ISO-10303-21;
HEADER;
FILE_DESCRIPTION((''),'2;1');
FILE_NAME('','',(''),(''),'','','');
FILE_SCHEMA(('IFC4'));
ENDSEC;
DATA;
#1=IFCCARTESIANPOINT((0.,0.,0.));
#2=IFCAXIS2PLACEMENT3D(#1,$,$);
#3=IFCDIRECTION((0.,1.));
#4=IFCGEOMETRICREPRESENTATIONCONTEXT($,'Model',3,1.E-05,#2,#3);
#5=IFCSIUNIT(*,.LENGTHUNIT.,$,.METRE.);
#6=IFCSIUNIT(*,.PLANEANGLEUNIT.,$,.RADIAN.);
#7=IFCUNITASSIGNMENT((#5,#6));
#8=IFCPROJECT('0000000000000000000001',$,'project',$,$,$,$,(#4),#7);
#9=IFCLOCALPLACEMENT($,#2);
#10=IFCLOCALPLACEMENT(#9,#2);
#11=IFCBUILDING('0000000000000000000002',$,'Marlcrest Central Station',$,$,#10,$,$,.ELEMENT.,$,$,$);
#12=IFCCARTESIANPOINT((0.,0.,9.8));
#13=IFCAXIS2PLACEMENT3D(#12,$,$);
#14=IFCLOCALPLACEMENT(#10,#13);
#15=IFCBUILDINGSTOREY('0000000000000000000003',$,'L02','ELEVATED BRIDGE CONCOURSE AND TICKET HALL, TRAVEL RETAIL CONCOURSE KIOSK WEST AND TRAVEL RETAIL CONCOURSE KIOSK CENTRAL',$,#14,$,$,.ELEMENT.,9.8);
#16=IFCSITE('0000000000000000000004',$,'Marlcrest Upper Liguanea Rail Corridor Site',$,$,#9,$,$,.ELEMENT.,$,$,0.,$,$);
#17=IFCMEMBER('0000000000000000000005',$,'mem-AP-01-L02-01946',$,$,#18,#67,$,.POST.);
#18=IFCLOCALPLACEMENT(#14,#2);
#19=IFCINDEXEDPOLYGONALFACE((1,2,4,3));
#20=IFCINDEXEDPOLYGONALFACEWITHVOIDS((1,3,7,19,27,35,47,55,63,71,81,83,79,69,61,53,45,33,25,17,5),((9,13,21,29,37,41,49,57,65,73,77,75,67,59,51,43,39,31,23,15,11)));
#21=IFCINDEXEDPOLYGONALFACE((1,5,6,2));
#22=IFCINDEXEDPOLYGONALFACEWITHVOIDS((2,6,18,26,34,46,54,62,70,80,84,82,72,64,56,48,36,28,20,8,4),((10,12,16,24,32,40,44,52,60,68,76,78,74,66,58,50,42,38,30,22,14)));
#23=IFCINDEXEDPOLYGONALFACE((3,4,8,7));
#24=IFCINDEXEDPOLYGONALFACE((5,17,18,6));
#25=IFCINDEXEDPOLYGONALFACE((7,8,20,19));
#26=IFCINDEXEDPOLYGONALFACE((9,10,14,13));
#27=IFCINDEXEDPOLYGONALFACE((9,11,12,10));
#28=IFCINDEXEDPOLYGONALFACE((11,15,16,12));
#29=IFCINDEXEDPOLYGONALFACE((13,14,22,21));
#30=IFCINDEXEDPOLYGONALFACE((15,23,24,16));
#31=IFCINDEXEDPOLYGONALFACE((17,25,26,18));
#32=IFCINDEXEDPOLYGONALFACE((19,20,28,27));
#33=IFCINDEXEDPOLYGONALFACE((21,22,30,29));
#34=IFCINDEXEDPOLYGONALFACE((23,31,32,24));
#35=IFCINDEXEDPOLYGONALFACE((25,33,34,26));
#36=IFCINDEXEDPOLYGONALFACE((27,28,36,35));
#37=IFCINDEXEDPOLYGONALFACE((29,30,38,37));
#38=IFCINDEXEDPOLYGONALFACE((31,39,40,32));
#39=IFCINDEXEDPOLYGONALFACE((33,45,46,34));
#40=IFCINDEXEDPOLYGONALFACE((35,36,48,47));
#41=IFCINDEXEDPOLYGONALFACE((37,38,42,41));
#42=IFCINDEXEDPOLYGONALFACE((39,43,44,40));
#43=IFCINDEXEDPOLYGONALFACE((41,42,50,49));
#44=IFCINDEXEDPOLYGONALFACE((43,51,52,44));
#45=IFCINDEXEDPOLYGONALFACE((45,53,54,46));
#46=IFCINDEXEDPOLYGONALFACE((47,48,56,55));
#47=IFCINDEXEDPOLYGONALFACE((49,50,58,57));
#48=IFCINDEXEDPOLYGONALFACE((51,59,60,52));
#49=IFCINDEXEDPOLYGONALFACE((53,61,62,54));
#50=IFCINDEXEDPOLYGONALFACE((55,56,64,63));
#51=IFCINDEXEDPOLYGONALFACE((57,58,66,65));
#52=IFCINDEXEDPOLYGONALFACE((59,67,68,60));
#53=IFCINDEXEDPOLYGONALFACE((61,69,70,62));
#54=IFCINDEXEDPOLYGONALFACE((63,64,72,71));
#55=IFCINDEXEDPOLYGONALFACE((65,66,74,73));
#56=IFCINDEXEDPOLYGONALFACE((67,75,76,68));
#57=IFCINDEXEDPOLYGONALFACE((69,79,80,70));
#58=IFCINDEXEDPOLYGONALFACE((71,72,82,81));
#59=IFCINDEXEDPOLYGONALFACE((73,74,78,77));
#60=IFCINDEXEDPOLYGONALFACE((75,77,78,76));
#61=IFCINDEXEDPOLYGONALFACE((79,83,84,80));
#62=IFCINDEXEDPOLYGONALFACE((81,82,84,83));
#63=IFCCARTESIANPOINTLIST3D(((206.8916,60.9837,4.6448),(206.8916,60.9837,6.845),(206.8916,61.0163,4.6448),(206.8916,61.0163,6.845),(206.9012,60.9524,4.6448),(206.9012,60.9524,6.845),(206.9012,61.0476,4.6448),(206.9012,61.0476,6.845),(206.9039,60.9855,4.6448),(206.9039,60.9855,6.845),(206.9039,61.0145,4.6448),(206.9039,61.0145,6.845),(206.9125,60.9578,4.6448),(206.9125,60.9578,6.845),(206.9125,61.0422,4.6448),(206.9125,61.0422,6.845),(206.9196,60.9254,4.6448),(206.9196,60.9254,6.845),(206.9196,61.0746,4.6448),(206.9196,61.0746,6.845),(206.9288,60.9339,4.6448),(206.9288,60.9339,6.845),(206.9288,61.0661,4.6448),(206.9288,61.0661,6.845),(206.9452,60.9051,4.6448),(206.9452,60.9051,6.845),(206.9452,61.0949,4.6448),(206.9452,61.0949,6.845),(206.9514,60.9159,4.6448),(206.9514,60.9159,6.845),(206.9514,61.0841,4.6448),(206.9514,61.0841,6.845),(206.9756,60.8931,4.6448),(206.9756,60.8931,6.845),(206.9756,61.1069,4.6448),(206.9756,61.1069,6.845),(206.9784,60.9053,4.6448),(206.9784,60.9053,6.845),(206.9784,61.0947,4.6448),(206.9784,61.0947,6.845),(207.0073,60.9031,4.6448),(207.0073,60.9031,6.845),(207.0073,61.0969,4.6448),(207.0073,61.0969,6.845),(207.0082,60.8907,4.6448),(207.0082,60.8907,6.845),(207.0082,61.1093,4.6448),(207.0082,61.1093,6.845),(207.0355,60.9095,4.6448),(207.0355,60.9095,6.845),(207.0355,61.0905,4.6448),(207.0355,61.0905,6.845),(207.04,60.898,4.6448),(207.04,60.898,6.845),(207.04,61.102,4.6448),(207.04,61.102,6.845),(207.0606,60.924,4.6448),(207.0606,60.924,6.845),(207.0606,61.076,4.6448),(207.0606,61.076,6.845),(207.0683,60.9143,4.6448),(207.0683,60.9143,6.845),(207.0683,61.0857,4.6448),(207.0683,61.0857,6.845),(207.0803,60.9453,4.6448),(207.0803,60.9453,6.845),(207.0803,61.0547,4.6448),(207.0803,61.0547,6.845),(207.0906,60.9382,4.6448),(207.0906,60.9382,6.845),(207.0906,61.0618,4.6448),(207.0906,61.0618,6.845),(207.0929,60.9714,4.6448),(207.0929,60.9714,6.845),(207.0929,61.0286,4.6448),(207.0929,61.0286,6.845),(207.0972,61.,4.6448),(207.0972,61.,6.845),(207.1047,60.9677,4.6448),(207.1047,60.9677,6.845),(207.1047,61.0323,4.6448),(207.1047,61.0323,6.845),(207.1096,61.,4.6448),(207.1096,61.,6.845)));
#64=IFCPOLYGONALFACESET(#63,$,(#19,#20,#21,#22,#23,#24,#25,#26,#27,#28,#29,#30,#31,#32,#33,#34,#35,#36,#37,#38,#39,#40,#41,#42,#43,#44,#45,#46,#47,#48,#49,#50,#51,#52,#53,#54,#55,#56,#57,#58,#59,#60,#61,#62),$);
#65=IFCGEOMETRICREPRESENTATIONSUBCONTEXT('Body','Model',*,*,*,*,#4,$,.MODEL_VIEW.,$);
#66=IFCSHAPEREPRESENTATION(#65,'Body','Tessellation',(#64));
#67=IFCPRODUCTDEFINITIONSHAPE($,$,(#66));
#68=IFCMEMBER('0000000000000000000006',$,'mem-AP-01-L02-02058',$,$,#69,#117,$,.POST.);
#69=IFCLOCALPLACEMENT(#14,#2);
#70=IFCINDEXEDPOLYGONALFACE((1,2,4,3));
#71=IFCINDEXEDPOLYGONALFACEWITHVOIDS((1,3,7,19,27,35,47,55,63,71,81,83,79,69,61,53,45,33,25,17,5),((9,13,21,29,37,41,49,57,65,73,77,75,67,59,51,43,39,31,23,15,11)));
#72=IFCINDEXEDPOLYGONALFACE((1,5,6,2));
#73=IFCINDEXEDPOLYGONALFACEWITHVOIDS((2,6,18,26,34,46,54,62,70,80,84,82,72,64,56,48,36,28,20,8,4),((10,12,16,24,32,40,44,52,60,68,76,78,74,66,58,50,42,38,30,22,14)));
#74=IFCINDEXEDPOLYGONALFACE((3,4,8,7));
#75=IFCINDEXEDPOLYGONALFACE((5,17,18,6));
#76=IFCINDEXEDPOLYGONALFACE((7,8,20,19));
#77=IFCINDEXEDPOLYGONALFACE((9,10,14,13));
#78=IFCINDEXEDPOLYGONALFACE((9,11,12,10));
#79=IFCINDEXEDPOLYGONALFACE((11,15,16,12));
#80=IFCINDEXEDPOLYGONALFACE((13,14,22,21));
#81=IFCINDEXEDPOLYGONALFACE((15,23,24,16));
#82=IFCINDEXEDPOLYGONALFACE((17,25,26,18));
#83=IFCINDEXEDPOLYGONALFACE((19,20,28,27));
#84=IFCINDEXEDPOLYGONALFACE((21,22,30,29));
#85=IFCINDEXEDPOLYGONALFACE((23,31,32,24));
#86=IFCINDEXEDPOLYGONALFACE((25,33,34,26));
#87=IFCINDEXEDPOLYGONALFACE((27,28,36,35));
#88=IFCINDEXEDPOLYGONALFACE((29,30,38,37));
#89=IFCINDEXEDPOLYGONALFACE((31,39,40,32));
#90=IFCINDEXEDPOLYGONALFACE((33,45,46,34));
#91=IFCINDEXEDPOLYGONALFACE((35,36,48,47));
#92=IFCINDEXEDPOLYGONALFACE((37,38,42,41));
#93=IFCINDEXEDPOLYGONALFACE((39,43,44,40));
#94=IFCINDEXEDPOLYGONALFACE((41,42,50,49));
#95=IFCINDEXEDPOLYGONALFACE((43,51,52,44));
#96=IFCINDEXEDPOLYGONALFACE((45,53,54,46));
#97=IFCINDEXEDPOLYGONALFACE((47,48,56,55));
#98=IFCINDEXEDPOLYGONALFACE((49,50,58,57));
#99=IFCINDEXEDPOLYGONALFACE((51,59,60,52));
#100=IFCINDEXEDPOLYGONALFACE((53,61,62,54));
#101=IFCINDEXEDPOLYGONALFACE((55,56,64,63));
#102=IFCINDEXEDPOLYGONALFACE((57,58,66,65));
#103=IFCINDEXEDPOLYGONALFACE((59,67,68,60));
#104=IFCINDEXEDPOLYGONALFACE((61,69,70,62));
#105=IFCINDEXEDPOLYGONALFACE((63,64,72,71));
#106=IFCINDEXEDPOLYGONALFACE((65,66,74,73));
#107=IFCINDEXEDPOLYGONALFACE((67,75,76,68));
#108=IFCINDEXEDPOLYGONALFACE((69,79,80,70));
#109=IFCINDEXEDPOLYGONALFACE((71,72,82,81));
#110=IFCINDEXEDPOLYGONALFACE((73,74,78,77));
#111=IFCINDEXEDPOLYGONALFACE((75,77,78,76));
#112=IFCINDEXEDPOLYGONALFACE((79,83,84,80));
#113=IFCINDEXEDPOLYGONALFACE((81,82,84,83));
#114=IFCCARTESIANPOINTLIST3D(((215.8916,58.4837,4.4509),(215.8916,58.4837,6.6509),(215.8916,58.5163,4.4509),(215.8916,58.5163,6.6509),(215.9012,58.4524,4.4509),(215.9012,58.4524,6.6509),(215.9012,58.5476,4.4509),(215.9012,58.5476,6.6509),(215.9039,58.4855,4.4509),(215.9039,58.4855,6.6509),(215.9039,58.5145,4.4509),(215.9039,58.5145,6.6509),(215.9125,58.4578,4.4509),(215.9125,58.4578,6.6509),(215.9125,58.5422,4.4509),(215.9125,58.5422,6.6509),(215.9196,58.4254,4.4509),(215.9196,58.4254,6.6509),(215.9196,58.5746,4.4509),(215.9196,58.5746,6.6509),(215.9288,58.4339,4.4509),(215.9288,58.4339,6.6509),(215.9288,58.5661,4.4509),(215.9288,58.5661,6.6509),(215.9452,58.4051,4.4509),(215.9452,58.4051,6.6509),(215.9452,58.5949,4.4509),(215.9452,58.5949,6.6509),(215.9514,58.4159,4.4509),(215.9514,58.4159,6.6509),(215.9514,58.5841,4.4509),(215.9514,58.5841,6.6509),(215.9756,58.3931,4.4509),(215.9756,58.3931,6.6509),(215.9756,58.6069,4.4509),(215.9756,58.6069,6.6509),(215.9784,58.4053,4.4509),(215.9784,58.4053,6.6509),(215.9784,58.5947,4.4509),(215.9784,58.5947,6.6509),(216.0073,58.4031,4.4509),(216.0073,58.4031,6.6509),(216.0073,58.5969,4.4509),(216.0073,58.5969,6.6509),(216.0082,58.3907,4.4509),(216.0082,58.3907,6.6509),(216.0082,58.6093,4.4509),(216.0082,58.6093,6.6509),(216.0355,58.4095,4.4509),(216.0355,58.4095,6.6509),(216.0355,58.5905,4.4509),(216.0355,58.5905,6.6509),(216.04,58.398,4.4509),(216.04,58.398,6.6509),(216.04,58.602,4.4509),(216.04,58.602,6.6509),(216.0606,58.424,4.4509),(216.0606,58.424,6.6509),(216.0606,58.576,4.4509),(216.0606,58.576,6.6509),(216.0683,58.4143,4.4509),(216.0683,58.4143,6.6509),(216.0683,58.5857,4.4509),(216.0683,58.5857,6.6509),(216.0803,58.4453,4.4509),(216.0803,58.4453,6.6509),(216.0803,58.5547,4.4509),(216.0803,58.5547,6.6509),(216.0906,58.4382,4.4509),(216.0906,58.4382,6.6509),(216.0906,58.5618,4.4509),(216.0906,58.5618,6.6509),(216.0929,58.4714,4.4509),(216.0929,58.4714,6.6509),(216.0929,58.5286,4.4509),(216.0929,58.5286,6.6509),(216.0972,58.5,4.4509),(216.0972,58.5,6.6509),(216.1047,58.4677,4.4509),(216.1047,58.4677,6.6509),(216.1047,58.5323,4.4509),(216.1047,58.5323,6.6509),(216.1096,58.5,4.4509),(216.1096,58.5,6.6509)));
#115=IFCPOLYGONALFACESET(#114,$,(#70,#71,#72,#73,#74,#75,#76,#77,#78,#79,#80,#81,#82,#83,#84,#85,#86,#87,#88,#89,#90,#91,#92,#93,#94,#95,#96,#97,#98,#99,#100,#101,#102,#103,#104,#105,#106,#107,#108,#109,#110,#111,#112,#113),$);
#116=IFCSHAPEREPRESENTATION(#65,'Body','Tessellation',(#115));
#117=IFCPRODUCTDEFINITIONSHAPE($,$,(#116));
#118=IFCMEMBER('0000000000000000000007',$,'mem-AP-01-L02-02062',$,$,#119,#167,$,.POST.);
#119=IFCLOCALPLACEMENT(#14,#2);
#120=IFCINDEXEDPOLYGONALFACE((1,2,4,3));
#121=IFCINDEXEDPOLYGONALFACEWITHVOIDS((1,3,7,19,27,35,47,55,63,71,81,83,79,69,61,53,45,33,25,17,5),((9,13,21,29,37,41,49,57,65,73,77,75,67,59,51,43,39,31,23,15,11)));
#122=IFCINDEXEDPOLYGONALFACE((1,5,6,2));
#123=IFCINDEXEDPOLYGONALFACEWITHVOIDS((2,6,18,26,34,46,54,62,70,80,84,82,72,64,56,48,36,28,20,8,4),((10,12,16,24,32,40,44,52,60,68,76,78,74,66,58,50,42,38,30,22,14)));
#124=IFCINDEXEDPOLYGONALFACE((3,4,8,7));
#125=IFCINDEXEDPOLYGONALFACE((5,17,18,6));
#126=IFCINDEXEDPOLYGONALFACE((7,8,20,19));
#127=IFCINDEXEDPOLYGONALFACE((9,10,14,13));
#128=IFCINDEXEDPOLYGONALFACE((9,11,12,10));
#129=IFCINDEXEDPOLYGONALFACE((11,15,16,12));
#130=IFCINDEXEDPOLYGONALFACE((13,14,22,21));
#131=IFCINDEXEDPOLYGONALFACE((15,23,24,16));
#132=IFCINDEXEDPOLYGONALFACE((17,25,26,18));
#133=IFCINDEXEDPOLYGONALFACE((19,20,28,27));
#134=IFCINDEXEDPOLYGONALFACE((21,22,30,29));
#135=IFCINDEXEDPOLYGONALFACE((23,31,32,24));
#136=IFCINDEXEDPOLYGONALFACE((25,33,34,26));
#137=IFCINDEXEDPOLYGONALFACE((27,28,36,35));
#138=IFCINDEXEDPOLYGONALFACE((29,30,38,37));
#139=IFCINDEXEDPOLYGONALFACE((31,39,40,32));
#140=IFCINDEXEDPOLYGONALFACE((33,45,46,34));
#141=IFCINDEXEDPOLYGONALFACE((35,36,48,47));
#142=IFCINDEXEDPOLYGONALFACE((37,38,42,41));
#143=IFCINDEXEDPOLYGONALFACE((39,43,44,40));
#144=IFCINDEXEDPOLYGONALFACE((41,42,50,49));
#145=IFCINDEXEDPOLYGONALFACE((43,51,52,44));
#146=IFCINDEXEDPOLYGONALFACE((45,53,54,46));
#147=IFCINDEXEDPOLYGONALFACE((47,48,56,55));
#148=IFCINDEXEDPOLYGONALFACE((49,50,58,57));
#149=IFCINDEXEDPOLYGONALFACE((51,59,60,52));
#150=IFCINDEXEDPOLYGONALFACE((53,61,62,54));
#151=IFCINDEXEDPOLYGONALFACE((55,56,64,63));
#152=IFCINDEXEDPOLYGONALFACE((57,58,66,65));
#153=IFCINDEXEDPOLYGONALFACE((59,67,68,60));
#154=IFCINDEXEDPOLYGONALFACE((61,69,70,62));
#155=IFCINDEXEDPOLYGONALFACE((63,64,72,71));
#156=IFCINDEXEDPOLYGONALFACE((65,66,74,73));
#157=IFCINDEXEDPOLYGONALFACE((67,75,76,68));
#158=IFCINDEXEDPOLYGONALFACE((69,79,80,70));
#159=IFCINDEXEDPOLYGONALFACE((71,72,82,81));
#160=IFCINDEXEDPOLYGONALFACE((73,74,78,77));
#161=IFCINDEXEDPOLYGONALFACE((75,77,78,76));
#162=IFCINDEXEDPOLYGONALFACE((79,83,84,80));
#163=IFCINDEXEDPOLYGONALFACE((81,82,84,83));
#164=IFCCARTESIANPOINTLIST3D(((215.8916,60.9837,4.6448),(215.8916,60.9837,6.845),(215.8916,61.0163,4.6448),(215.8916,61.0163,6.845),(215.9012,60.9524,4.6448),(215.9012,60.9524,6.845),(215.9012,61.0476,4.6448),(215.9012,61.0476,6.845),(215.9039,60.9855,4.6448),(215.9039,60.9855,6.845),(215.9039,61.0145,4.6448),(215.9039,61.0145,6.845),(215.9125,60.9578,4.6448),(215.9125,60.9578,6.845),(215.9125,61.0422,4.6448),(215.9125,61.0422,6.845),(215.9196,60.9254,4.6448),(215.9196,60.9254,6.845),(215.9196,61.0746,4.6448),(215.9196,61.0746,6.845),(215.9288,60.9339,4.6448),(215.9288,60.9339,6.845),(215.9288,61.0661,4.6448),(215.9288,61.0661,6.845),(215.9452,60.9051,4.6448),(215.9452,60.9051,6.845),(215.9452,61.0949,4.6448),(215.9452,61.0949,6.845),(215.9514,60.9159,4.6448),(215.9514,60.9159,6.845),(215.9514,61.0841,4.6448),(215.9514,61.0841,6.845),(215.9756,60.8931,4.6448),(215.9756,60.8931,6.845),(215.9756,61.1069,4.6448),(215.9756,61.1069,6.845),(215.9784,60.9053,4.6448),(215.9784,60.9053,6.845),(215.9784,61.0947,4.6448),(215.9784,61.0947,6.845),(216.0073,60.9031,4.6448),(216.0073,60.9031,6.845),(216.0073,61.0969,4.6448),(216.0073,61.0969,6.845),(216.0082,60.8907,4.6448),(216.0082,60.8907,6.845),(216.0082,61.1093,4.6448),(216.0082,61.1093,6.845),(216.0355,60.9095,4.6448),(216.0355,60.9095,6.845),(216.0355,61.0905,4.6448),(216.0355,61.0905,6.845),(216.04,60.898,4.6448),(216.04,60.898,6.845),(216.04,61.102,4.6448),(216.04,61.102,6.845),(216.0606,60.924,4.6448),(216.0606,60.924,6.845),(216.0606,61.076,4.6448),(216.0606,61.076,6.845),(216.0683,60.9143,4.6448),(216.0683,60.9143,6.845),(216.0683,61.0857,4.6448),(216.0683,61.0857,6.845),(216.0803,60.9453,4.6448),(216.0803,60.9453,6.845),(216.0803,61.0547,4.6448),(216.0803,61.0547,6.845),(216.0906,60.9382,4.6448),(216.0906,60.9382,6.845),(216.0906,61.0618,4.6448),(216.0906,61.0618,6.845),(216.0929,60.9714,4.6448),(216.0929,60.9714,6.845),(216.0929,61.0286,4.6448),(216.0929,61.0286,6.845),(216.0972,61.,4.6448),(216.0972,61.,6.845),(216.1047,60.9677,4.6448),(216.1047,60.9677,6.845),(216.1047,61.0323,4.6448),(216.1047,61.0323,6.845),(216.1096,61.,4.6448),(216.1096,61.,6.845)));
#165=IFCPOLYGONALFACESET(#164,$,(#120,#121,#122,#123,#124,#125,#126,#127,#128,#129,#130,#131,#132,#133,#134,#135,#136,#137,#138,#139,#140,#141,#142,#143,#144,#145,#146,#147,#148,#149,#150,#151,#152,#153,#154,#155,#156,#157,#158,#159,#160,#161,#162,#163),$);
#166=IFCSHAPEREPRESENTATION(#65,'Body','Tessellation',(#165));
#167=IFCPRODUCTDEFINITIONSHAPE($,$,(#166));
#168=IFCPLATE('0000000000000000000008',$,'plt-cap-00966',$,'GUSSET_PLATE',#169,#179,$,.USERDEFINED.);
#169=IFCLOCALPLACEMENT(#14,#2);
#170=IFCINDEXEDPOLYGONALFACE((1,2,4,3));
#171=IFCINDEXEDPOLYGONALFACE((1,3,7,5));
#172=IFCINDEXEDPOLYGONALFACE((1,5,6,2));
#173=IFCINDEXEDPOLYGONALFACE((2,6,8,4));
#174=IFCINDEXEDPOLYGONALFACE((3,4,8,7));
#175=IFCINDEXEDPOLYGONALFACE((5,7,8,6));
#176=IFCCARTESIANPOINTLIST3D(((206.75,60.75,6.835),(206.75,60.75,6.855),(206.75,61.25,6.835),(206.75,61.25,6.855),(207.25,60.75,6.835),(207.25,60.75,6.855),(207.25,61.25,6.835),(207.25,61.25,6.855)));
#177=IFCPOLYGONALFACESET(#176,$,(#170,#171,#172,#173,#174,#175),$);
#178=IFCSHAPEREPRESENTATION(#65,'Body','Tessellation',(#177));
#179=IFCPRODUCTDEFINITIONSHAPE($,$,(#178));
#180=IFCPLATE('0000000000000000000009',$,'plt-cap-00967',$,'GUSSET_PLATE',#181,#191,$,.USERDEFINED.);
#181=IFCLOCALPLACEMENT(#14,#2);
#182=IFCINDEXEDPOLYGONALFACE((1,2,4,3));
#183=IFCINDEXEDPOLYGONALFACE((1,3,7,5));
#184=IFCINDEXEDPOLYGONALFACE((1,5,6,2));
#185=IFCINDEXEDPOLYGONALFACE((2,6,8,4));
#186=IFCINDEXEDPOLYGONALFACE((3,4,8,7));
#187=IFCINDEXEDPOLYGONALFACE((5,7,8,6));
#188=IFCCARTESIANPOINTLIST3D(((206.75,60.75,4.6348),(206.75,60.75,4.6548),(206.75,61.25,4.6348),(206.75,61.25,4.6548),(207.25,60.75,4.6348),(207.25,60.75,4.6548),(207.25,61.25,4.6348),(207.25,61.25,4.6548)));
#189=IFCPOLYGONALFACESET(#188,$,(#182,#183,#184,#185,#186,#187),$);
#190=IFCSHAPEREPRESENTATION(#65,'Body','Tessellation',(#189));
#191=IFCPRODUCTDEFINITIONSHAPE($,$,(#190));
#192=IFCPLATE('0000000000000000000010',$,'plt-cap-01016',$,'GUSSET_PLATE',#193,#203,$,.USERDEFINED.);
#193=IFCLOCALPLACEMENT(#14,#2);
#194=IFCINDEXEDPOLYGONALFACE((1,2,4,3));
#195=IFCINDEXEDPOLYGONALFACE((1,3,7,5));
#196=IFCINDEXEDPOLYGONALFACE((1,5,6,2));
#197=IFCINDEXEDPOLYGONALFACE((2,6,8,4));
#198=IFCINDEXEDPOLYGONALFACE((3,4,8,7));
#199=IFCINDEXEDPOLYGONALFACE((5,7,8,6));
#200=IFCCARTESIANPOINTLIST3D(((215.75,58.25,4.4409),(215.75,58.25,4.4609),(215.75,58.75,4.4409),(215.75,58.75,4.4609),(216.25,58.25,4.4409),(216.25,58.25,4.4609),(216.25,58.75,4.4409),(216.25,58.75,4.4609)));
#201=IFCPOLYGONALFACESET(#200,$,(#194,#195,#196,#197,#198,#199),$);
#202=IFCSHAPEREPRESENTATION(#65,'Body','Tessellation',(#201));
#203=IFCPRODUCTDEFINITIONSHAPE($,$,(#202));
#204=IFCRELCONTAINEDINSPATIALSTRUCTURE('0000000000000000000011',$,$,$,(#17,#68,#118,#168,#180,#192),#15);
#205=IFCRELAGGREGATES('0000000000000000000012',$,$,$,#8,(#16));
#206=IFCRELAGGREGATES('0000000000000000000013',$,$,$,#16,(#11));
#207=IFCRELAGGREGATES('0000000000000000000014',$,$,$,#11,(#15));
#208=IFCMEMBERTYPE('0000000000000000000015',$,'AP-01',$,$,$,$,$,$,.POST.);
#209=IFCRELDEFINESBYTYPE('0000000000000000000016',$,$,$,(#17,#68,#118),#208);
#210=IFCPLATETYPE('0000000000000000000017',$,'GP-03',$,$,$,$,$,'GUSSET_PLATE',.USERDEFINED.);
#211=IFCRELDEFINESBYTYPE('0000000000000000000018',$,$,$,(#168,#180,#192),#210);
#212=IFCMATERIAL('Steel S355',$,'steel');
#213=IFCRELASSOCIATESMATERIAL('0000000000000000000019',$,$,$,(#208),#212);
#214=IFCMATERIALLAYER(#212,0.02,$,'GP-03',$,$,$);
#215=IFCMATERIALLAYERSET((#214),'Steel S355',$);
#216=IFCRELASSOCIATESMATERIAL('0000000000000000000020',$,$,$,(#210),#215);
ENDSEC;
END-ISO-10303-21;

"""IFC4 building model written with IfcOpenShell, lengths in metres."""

from ifc_helpers import new_model, si_unit, direction, frame, origin, origin_2d, place, context, subcontext, project, spatial, rectangle, hollow_circle, extrude, material, layer, layer_set, material_profile, profile_set, type_object, element, save


model = new_model("IFC4")

# Units and contexts
model_context = context("Model", 3, precision=1e-05, world=origin(), true_north=direction((0.0, 1.0)))
body_context = subcontext(model_context, "Body", "Model", "MODEL_VIEW")
ifc_project = project(units=[si_unit("LENGTHUNIT", "METRE"), si_unit("PLANEANGLEUNIT", "RADIAN")], contexts=[model_context])

# Site, building, storey
site_placement = place(None, origin())
site = spatial("IfcSite", under=ifc_project, at=site_placement, Name="Marlcrest Upper Liguanea Rail Corridor Site", CompositionType="ELEMENT", RefElevation=0.0)
building_placement = place(site_placement, origin())
building = spatial("IfcBuilding", under=site, at=building_placement, Name="Marlcrest Central Station", CompositionType="ELEMENT")
storey_placement = place(building_placement, frame((0.0, 0.0, 9.8)))
storey = spatial("IfcBuildingStorey", under=building, at=storey_placement, Name="L02", Description="ELEVATED BRIDGE CONCOURSE AND TICKET HALL, TRAVEL RETAIL CONCOURSE KIOSK WEST AND TRAVEL RETAIL CONCOURSE KIOSK CENTRAL", CompositionType="ELEMENT", Elevation=9.8)

# Members
ifc_material = material(Name="Steel S355", Category="steel")
ifc_material_profile_1 = material_profile(ifc_material, hollow_circle(Radius=0.1096, WallThickness=0.0125, at=origin_2d()), Name="CHS 219.1x12.5")
ifc_profile_set_1 = profile_set([ifc_material_profile_1], Name="Steel S355")
member_type_1 = type_object("IfcMemberType", Name="AP-01", PredefinedType="POST", material=ifc_profile_set_1)
member_1_placement = place(storey_placement, frame((207.0, 61.0, 4.6448), z_axis=(0.0, 0.0, 1.0), x_axis=(1.0, 0.0, 0.0)))
element("IfcMember", 1, at=member_1_placement, inside=storey, type_object=member_type_1, Name="mem-AP-01-L02-01946", PredefinedType="POST", context=body_context, shape_type="SweptSolid", body=[
    extrude(hollow_circle(Radius=0.1096, WallThickness=0.0125, at=origin_2d()), origin(), (0.0, 0.0, 1.0), 2.2002),
])
member_2_placement = place(storey_placement, frame((216.0, 58.5, 4.4509), z_axis=(0.0, 0.0, 1.0), x_axis=(1.0, 0.0, 0.0)))
element("IfcMember", 2, at=member_2_placement, inside=storey, type_object=member_type_1, Name="mem-AP-01-L02-02058", PredefinedType="POST", context=body_context, shape_type="SweptSolid", body=[
    extrude(hollow_circle(Radius=0.1096, WallThickness=0.0125, at=origin_2d()), origin(), (0.0, 0.0, 1.0), 2.2),
])
member_3_placement = place(storey_placement, frame((216.0, 61.0, 4.6448), z_axis=(0.0, 0.0, 1.0), x_axis=(1.0, 0.0, 0.0)))
element("IfcMember", 3, at=member_3_placement, inside=storey, type_object=member_type_1, Name="mem-AP-01-L02-02062", PredefinedType="POST", context=body_context, shape_type="SweptSolid", body=[
    extrude(hollow_circle(Radius=0.1096, WallThickness=0.0125, at=origin_2d()), origin(), (0.0, 0.0, 1.0), 2.2002),
])

# Plates
ifc_layer = layer(ifc_material, 0.02, Name="GP-03")
ifc_layer_set = layer_set([ifc_layer], Name="Steel S355")
plate_type = type_object("IfcPlateType", Name="GP-03", ElementType="GUSSET_PLATE", PredefinedType="USERDEFINED", material=ifc_layer_set)
for number, where, z_axis, x_axis, name in (
    (4, (207.0, 61.0, 6.835), (0.0, 0.0, 1.0), (1.0, 0.0, 0.0), "plt-cap-00966"),
    (5, (207.0, 61.0, 4.6348), (0.0, 0.0, 1.0), (1.0, 0.0, 0.0), "plt-cap-00967"),
    (6, (216.0, 58.5, 4.4409), (0.0, 0.0, 1.0), (1.0, 0.0, 0.0), "plt-cap-01016"),
):
    element("IfcPlate", number, at=place(storey_placement, frame(where, z_axis=z_axis, x_axis=x_axis)), inside=storey, type_object=plate_type, Name=name, ObjectType="GUSSET_PLATE", PredefinedType="USERDEFINED", context=body_context, shape_type="SweptSolid", body=[
        extrude(rectangle(XDim=0.5, YDim=0.5, at=origin_2d()), origin(), (0.0, 0.0, 1.0), 0.02),
    ])

save(model, "model.ifc")
